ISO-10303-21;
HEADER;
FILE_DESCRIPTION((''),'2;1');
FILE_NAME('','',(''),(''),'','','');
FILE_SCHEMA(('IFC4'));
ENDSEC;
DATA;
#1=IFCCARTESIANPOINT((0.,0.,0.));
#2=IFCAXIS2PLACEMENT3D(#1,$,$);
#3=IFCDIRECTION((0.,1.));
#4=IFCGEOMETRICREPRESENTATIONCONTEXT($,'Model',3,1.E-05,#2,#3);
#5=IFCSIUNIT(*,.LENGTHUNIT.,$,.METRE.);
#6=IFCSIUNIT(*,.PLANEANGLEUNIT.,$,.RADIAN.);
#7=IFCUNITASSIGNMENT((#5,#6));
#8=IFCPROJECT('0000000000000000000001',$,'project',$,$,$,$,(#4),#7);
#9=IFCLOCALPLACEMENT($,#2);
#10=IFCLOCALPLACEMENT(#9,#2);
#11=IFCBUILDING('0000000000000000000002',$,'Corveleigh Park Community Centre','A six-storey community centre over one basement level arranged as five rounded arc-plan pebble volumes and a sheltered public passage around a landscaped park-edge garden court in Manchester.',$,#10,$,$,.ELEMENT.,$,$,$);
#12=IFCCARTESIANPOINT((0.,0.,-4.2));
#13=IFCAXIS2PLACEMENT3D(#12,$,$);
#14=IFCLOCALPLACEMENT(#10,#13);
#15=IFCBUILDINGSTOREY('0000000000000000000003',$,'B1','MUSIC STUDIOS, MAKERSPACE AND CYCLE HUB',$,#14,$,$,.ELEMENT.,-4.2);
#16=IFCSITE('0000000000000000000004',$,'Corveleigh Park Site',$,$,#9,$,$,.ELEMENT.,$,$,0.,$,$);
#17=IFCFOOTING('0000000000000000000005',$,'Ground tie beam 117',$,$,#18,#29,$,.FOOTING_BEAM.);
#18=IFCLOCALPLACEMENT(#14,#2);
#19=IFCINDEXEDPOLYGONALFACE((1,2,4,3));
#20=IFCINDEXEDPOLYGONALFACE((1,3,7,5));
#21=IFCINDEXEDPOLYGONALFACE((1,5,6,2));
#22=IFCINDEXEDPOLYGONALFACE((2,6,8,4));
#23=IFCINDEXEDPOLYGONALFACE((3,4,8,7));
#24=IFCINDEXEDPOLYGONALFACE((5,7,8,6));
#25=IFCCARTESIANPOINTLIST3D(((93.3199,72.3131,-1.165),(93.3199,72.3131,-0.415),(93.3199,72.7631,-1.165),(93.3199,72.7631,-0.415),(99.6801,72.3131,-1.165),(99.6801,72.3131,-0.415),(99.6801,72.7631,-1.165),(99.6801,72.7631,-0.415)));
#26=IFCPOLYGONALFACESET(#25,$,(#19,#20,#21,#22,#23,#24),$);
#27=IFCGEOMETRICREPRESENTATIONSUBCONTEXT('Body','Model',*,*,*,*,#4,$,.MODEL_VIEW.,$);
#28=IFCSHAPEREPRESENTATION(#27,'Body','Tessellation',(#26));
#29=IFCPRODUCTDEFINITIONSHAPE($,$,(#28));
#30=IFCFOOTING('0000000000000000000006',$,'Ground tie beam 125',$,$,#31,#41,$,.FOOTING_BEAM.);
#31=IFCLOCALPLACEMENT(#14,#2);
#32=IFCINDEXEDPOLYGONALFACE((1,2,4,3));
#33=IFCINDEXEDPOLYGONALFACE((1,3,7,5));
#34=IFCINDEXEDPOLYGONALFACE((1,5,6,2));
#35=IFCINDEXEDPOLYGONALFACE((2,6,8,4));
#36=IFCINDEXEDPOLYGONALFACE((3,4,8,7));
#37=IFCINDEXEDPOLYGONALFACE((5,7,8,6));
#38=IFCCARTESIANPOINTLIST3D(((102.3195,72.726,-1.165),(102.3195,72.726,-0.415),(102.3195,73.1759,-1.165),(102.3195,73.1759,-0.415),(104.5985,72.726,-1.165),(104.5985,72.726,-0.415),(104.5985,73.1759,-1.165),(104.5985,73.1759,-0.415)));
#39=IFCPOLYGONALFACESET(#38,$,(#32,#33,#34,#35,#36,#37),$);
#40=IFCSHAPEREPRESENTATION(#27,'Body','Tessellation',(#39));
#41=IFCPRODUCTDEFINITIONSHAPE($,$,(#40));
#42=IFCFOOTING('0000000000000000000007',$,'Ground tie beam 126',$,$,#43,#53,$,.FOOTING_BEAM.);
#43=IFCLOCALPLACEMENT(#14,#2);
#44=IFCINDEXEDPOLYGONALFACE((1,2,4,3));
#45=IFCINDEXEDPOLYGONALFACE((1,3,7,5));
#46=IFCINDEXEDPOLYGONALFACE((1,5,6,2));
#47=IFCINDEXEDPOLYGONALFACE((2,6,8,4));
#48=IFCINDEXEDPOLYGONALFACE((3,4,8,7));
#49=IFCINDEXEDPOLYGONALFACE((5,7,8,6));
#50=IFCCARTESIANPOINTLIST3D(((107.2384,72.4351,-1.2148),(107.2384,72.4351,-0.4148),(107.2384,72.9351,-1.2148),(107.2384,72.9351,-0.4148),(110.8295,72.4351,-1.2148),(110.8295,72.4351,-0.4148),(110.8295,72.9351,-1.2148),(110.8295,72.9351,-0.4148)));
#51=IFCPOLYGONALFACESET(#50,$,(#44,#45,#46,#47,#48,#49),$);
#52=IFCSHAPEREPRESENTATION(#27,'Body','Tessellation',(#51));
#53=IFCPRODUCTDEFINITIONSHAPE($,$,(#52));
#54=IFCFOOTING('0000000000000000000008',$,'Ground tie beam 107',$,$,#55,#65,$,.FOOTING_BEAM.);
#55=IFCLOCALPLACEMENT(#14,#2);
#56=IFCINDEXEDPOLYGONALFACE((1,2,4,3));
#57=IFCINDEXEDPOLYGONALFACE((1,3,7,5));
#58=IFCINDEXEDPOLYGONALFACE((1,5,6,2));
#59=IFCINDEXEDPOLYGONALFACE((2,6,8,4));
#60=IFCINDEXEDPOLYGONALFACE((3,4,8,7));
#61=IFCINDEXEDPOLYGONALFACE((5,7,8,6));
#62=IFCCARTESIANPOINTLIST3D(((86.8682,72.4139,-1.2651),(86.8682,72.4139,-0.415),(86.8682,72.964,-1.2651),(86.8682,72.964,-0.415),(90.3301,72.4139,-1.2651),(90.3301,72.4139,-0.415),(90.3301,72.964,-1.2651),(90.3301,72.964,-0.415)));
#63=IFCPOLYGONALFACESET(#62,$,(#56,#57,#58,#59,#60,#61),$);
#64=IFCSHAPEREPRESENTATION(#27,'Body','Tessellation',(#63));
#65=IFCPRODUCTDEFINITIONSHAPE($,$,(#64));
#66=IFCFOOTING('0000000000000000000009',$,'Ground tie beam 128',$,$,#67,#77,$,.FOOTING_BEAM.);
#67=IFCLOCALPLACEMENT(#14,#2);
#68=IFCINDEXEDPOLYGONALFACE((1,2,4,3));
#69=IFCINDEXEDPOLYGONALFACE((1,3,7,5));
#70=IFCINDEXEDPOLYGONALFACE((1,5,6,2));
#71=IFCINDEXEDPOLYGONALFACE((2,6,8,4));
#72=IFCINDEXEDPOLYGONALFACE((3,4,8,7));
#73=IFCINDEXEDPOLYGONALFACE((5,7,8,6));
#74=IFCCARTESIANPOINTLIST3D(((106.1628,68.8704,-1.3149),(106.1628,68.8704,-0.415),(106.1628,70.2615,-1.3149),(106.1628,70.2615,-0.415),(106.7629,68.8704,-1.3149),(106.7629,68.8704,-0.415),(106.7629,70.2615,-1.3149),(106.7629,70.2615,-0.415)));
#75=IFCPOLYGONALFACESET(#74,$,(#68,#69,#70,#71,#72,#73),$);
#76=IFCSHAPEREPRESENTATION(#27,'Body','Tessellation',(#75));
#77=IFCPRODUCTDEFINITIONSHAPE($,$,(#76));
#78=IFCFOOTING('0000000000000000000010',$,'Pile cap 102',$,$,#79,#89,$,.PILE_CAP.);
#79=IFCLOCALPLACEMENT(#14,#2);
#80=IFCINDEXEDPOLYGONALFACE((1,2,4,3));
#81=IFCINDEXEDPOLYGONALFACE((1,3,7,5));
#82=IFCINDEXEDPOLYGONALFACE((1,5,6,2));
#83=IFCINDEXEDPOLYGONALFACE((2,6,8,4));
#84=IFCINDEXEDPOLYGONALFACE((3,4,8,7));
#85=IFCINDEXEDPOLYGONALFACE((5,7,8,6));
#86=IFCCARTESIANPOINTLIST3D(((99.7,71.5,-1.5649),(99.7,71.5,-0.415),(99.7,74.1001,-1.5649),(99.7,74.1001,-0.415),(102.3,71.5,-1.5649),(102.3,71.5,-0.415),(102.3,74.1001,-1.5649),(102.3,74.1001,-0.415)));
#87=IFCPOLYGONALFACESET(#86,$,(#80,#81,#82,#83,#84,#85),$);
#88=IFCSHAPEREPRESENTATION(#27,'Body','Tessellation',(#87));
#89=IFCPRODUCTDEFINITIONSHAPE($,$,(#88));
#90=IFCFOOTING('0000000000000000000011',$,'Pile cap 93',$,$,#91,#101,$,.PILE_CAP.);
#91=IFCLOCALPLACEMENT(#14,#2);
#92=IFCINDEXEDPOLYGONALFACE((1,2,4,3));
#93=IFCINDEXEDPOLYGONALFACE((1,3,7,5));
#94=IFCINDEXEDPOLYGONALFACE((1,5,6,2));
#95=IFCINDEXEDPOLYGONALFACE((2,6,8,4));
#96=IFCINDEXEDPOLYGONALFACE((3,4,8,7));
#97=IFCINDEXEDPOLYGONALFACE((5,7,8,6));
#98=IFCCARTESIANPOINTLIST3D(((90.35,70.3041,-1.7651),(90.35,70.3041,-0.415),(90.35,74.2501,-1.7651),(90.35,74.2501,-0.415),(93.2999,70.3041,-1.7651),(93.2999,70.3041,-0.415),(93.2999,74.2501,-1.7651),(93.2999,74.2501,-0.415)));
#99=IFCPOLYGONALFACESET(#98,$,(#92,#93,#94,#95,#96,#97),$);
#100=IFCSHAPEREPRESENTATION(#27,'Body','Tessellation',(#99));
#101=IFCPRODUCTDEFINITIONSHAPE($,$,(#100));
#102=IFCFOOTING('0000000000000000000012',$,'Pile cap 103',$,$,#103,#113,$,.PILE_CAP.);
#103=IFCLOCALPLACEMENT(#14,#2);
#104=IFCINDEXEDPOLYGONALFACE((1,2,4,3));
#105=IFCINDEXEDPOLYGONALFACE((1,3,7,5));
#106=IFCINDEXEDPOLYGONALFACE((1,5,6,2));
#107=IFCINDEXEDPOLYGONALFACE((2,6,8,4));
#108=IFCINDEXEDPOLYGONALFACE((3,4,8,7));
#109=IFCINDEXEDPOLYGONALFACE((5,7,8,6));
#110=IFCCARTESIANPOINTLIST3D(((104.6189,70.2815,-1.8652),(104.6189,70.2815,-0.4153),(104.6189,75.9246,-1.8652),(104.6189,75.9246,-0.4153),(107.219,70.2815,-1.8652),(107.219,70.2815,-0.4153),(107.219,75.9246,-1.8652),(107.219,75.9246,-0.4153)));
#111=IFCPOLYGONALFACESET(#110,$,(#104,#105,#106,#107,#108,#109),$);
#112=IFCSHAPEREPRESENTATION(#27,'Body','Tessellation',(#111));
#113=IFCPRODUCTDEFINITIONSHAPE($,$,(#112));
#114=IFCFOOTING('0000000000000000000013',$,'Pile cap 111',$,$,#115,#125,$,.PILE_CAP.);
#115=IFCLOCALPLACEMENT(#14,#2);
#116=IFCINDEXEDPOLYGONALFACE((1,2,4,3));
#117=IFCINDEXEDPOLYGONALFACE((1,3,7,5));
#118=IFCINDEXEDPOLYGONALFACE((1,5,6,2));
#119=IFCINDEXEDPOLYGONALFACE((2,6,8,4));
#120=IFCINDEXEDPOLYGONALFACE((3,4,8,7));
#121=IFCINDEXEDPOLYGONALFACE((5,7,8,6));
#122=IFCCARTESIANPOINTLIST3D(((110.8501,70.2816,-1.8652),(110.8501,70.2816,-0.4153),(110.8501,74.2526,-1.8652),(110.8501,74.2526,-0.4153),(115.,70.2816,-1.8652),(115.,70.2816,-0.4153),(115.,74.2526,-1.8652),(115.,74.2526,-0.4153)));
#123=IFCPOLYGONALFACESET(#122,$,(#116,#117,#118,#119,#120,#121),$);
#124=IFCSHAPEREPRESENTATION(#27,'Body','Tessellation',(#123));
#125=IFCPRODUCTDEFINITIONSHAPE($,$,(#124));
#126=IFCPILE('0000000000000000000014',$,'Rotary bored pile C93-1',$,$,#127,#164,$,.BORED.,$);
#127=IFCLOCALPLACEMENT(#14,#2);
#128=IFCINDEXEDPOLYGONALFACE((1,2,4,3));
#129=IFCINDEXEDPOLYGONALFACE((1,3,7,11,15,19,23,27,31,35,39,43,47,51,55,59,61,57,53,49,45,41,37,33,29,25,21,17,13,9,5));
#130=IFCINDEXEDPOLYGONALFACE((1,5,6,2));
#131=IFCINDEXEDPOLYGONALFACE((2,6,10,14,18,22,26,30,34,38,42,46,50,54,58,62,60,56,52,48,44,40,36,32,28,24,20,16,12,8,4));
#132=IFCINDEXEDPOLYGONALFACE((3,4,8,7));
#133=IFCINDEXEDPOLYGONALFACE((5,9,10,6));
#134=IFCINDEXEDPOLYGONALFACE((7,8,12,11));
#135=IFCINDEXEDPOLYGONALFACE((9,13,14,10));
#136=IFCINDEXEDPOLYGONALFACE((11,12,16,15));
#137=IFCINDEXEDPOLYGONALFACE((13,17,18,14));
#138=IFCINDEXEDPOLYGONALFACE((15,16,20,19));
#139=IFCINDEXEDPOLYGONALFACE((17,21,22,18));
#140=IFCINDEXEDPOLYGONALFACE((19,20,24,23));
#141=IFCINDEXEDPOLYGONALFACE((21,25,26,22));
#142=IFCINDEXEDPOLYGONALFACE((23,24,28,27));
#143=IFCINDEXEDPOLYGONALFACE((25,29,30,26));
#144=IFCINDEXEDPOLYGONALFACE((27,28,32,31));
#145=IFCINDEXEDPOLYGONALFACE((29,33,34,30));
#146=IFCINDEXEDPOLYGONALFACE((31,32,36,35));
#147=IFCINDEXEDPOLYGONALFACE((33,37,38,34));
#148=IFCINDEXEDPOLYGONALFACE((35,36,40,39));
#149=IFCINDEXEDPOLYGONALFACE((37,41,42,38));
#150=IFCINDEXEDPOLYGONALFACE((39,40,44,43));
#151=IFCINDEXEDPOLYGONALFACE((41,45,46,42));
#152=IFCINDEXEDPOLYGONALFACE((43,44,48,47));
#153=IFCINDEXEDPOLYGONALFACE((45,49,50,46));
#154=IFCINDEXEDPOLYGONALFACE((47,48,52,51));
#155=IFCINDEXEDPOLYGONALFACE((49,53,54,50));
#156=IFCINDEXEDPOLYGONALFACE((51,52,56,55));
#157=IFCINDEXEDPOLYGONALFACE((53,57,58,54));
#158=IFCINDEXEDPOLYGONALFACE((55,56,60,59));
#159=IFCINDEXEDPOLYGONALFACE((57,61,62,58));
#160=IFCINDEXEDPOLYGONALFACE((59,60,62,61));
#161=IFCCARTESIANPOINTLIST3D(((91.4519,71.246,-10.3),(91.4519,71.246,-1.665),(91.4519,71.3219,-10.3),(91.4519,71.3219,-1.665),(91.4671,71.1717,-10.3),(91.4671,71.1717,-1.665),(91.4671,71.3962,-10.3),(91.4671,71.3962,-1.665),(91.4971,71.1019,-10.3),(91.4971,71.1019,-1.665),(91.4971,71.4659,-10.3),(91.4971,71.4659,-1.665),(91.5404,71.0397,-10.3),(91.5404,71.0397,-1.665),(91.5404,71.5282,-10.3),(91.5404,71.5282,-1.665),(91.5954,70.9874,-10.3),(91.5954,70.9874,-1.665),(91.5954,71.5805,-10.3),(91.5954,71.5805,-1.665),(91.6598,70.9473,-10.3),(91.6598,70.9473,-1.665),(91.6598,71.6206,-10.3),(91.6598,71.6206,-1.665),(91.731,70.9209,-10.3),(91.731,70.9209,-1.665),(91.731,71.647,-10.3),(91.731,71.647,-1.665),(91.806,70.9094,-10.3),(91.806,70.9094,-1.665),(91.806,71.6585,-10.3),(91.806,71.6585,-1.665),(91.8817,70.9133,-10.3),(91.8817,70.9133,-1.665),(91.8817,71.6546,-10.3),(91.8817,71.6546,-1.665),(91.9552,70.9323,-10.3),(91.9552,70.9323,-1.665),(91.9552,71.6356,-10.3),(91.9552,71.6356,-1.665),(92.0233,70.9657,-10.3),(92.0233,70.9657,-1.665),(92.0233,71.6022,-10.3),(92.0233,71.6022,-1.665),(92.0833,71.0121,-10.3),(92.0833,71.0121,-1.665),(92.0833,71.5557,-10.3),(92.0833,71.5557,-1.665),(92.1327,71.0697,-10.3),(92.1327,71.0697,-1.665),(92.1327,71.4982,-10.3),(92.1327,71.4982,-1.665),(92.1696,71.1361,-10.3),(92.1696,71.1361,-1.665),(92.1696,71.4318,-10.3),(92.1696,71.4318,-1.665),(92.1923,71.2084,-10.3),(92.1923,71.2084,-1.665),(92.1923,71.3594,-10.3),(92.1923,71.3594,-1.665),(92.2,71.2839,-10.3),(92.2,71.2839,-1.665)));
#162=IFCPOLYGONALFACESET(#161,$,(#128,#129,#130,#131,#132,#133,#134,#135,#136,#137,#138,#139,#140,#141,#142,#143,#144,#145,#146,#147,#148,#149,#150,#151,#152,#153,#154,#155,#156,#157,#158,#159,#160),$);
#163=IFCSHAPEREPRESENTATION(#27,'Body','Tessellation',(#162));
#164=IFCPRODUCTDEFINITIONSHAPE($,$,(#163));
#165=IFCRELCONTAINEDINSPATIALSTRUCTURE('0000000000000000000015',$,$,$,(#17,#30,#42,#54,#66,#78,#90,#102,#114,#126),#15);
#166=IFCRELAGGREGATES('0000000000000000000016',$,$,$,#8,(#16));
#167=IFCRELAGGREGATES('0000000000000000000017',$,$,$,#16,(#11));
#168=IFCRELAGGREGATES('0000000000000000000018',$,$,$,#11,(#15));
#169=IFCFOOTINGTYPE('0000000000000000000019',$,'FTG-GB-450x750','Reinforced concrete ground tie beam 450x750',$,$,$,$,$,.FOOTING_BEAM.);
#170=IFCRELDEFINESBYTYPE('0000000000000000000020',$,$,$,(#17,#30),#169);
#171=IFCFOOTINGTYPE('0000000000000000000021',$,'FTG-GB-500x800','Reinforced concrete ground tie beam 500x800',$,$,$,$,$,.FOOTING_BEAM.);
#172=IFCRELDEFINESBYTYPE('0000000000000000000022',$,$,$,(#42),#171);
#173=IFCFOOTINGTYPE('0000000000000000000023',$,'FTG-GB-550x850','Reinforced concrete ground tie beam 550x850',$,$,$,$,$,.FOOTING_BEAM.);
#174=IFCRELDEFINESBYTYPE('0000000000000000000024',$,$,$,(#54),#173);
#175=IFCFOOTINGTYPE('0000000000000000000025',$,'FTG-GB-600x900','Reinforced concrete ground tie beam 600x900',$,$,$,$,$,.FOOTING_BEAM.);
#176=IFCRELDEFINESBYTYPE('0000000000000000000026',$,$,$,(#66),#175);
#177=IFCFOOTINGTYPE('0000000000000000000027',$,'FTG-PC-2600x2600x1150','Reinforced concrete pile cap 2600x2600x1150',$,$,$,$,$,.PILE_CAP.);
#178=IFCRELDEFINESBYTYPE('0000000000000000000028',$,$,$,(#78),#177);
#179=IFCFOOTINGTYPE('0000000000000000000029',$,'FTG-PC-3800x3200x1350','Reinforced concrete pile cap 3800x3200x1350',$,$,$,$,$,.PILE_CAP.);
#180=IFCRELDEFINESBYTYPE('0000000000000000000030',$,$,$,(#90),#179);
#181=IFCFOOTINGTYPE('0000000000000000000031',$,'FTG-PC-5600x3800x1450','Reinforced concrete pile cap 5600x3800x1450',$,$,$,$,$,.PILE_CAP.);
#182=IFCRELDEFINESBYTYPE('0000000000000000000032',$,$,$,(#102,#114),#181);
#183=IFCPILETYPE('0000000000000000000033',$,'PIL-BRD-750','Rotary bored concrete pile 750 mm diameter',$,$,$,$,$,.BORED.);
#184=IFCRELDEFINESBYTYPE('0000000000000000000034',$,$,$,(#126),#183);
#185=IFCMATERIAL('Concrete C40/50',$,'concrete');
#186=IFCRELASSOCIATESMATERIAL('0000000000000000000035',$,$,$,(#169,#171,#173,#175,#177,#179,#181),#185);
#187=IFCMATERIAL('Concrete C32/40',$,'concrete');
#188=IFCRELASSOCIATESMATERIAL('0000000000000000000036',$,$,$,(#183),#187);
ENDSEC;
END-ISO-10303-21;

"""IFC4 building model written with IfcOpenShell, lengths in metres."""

from ifc_helpers import new_model, si_unit, direction, frame, origin, origin_2d, place, context, subcontext, project, spatial, rectangle, circle, extrude, material, material_profile, profile_set, type_object, element, save


model = new_model("IFC4")

# Units and contexts
model_context = context("Model", 3, precision=1e-05, world=origin(), true_north=direction((0.0, 1.0)))
body_context = subcontext(model_context, "Body", "Model", "MODEL_VIEW")
ifc_project = project(units=[si_unit("LENGTHUNIT", "METRE"), si_unit("PLANEANGLEUNIT", "RADIAN")], contexts=[model_context])

# Site, building, storey
site_placement = place(None, origin())
site = spatial("IfcSite", under=ifc_project, at=site_placement, Name="Corveleigh Park Site", CompositionType="ELEMENT", RefElevation=0.0)
building_placement = place(site_placement, origin())
building = spatial("IfcBuilding", under=site, at=building_placement, Name="Corveleigh Park Community Centre", Description="A six-storey community centre over one basement level arranged as five rounded arc-plan pebble volumes and a sheltered public passage around a landscaped park-edge garden court in Manchester.", CompositionType="ELEMENT")
storey_placement = place(building_placement, frame((0.0, 0.0, -4.2)))
storey = spatial("IfcBuildingStorey", under=building, at=storey_placement, Name="B1", Description="MUSIC STUDIOS, MAKERSPACE AND CYCLE HUB", CompositionType="ELEMENT", Elevation=-4.2)

# Footings
ifc_material_1 = material(Name="Concrete C40/50", Category="concrete")
footing_type_1 = type_object("IfcFootingType", Name="FTG-GB-450x750", Description="Reinforced concrete ground tie beam 450x750", PredefinedType="FOOTING_BEAM", material=ifc_material_1)
footing_1_placement = place(storey_placement, frame((96.5, 72.5381, -1.165), z_axis=(0.0, 0.0, 1.0), x_axis=(1.0, 0.0, 0.0)))
element("IfcFooting", 1, at=footing_1_placement, inside=storey, type_object=footing_type_1, Name="Ground tie beam 117", PredefinedType="FOOTING_BEAM", context=body_context, shape_type="SweptSolid", body=[
    extrude(rectangle(XDim=6.3601, YDim=0.45, at=origin_2d()), origin(), (0.0, 0.0, 1.0), 0.75),
])
footing_2_placement = place(storey_placement, frame((103.459, 72.9509, -1.165), z_axis=(0.0, 0.0, 1.0), x_axis=(1.0, 0.0, 0.0)))
element("IfcFooting", 2, at=footing_2_placement, inside=storey, type_object=footing_type_1, Name="Ground tie beam 125", PredefinedType="FOOTING_BEAM", context=body_context, shape_type="SweptSolid", body=[
    extrude(rectangle(XDim=2.2791, YDim=0.45, at=origin_2d()), origin(), (0.0, 0.0, 1.0), 0.75),
])
footing_type_2 = type_object("IfcFootingType", Name="FTG-GB-500x800", Description="Reinforced concrete ground tie beam 500x800", PredefinedType="FOOTING_BEAM", material=ifc_material_1)
footing_3_placement = place(storey_placement, frame((109.0339, 72.6851, -1.2148), z_axis=(0.0, 0.0, 1.0), x_axis=(1.0, 0.0, 0.0)))
element("IfcFooting", 3, at=footing_3_placement, inside=storey, type_object=footing_type_2, Name="Ground tie beam 126", PredefinedType="FOOTING_BEAM", context=body_context, shape_type="SweptSolid", body=[
    extrude(rectangle(XDim=3.5911, YDim=0.5, at=origin_2d()), origin(), (0.0, 0.0, 1.0), 0.8),
])
footing_type_3 = type_object("IfcFootingType", Name="FTG-GB-550x850", Description="Reinforced concrete ground tie beam 550x850", PredefinedType="FOOTING_BEAM", material=ifc_material_1)
footing_4_placement = place(storey_placement, frame((88.5991, 72.689, -1.2651), z_axis=(0.0, 0.0, 1.0), x_axis=(1.0, 0.0, 0.0)))
element("IfcFooting", 4, at=footing_4_placement, inside=storey, type_object=footing_type_3, Name="Ground tie beam 107", PredefinedType="FOOTING_BEAM", context=body_context, shape_type="SweptSolid", body=[
    extrude(rectangle(XDim=3.4619, YDim=0.55, at=origin_2d()), origin(), (0.0, 0.0, 1.0), 0.8501),
])
footing_type_4 = type_object("IfcFootingType", Name="FTG-GB-600x900", Description="Reinforced concrete ground tie beam 600x900", PredefinedType="FOOTING_BEAM", material=ifc_material_1)
footing_5_placement = place(storey_placement, frame((106.4629, 69.5659, -1.3149), z_axis=(0.0, 0.0, 1.0), x_axis=(1.0, 0.0, 0.0)))
element("IfcFooting", 5, at=footing_5_placement, inside=storey, type_object=footing_type_4, Name="Ground tie beam 128", PredefinedType="FOOTING_BEAM", context=body_context, shape_type="SweptSolid", body=[
    extrude(rectangle(XDim=0.6001, YDim=1.3911, at=origin_2d()), origin(), (0.0, 0.0, 1.0), 0.8999),
])
footing_type_5 = type_object("IfcFootingType", Name="FTG-PC-2600x2600x1150", Description="Reinforced concrete pile cap 2600x2600x1150", PredefinedType="PILE_CAP", material=ifc_material_1)
footing_6_placement = place(storey_placement, frame((101.0, 72.8, -1.5649), z_axis=(0.0, 0.0, 1.0), x_axis=(1.0, 0.0, 0.0)))
element("IfcFooting", 6, at=footing_6_placement, inside=storey, type_object=footing_type_5, Name="Pile cap 102", PredefinedType="PILE_CAP", context=body_context, shape_type="SweptSolid", body=[
    extrude(rectangle(XDim=2.6001, YDim=2.6001, at=origin_2d()), origin(), (0.0, 0.0, 1.0), 1.1499),
])
footing_type_6 = type_object("IfcFootingType", Name="FTG-PC-3800x3200x1350", Description="Reinforced concrete pile cap 3800x3200x1350", PredefinedType="PILE_CAP", material=ifc_material_1)
footing_7_placement = place(storey_placement, frame((91.825, 72.2771, -1.7651), z_axis=(0.0, 0.0, 1.0), x_axis=(1.0, 0.0, 0.0)))
element("IfcFooting", 7, at=footing_7_placement, inside=storey, type_object=footing_type_6, Name="Pile cap 93", PredefinedType="PILE_CAP", context=body_context, shape_type="SweptSolid", body=[
    extrude(rectangle(XDim=2.95, YDim=3.946, at=origin_2d()), origin(), (0.0, 0.0, 1.0), 1.3501),
])
footing_type_7 = type_object("IfcFootingType", Name="FTG-PC-5600x3800x1450", Description="Reinforced concrete pile cap 5600x3800x1450", PredefinedType="PILE_CAP", material=ifc_material_1)
footing_8_placement = place(storey_placement, frame((105.9189, 73.103, -1.8652), z_axis=(0.0, 0.0, 1.0), x_axis=(1.0, 0.0, 0.0)))
element("IfcFooting", 8, at=footing_8_placement, inside=storey, type_object=footing_type_7, Name="Pile cap 103", PredefinedType="PILE_CAP", context=body_context, shape_type="SweptSolid", body=[
    extrude(rectangle(XDim=2.6001, YDim=5.6431, at=origin_2d()), origin(), (0.0, 0.0, 1.0), 1.45),
])
footing_9_placement = place(storey_placement, frame((112.925, 72.2671, -1.8652), z_axis=(0.0, 0.0, 1.0), x_axis=(1.0, 0.0, 0.0)))
element("IfcFooting", 9, at=footing_9_placement, inside=storey, type_object=footing_type_7, Name="Pile cap 111", PredefinedType="PILE_CAP", context=body_context, shape_type="SweptSolid", body=[
    extrude(rectangle(XDim=4.1499, YDim=3.9709, at=origin_2d()), origin(), (0.0, 0.0, 1.0), 1.45),
])

# Pile
ifc_material_2 = material(Name="Concrete C32/40", Category="concrete")
ifc_material_profile_1 = material_profile(ifc_material_2, circle(Radius=0.375, at=origin_2d()), Name="BORED-PILE-750", Category="concrete")
ifc_profile_set_1 = profile_set([ifc_material_profile_1], Name="Concrete C32/40")
pile_type = type_object("IfcPileType", Name="PIL-BRD-750", Description="Rotary bored concrete pile 750 mm diameter", PredefinedType="BORED", material=ifc_profile_set_1)
pile_1_placement = place(storey_placement, frame((91.825, 71.2839, -1.665), z_axis=(0.0, 0.0, -1.0), x_axis=(1.0, 0.0, 0.0)))
element("IfcPile", 10, at=pile_1_placement, inside=storey, type_object=pile_type, Name="Rotary bored pile C93-1", PredefinedType="BORED", context=body_context, shape_type="SweptSolid", body=[
    extrude(circle(Radius=0.375, at=origin_2d()), origin(), (0.0, 0.0, 1.0), 8.635),
])

save(model, "model.ifc")
